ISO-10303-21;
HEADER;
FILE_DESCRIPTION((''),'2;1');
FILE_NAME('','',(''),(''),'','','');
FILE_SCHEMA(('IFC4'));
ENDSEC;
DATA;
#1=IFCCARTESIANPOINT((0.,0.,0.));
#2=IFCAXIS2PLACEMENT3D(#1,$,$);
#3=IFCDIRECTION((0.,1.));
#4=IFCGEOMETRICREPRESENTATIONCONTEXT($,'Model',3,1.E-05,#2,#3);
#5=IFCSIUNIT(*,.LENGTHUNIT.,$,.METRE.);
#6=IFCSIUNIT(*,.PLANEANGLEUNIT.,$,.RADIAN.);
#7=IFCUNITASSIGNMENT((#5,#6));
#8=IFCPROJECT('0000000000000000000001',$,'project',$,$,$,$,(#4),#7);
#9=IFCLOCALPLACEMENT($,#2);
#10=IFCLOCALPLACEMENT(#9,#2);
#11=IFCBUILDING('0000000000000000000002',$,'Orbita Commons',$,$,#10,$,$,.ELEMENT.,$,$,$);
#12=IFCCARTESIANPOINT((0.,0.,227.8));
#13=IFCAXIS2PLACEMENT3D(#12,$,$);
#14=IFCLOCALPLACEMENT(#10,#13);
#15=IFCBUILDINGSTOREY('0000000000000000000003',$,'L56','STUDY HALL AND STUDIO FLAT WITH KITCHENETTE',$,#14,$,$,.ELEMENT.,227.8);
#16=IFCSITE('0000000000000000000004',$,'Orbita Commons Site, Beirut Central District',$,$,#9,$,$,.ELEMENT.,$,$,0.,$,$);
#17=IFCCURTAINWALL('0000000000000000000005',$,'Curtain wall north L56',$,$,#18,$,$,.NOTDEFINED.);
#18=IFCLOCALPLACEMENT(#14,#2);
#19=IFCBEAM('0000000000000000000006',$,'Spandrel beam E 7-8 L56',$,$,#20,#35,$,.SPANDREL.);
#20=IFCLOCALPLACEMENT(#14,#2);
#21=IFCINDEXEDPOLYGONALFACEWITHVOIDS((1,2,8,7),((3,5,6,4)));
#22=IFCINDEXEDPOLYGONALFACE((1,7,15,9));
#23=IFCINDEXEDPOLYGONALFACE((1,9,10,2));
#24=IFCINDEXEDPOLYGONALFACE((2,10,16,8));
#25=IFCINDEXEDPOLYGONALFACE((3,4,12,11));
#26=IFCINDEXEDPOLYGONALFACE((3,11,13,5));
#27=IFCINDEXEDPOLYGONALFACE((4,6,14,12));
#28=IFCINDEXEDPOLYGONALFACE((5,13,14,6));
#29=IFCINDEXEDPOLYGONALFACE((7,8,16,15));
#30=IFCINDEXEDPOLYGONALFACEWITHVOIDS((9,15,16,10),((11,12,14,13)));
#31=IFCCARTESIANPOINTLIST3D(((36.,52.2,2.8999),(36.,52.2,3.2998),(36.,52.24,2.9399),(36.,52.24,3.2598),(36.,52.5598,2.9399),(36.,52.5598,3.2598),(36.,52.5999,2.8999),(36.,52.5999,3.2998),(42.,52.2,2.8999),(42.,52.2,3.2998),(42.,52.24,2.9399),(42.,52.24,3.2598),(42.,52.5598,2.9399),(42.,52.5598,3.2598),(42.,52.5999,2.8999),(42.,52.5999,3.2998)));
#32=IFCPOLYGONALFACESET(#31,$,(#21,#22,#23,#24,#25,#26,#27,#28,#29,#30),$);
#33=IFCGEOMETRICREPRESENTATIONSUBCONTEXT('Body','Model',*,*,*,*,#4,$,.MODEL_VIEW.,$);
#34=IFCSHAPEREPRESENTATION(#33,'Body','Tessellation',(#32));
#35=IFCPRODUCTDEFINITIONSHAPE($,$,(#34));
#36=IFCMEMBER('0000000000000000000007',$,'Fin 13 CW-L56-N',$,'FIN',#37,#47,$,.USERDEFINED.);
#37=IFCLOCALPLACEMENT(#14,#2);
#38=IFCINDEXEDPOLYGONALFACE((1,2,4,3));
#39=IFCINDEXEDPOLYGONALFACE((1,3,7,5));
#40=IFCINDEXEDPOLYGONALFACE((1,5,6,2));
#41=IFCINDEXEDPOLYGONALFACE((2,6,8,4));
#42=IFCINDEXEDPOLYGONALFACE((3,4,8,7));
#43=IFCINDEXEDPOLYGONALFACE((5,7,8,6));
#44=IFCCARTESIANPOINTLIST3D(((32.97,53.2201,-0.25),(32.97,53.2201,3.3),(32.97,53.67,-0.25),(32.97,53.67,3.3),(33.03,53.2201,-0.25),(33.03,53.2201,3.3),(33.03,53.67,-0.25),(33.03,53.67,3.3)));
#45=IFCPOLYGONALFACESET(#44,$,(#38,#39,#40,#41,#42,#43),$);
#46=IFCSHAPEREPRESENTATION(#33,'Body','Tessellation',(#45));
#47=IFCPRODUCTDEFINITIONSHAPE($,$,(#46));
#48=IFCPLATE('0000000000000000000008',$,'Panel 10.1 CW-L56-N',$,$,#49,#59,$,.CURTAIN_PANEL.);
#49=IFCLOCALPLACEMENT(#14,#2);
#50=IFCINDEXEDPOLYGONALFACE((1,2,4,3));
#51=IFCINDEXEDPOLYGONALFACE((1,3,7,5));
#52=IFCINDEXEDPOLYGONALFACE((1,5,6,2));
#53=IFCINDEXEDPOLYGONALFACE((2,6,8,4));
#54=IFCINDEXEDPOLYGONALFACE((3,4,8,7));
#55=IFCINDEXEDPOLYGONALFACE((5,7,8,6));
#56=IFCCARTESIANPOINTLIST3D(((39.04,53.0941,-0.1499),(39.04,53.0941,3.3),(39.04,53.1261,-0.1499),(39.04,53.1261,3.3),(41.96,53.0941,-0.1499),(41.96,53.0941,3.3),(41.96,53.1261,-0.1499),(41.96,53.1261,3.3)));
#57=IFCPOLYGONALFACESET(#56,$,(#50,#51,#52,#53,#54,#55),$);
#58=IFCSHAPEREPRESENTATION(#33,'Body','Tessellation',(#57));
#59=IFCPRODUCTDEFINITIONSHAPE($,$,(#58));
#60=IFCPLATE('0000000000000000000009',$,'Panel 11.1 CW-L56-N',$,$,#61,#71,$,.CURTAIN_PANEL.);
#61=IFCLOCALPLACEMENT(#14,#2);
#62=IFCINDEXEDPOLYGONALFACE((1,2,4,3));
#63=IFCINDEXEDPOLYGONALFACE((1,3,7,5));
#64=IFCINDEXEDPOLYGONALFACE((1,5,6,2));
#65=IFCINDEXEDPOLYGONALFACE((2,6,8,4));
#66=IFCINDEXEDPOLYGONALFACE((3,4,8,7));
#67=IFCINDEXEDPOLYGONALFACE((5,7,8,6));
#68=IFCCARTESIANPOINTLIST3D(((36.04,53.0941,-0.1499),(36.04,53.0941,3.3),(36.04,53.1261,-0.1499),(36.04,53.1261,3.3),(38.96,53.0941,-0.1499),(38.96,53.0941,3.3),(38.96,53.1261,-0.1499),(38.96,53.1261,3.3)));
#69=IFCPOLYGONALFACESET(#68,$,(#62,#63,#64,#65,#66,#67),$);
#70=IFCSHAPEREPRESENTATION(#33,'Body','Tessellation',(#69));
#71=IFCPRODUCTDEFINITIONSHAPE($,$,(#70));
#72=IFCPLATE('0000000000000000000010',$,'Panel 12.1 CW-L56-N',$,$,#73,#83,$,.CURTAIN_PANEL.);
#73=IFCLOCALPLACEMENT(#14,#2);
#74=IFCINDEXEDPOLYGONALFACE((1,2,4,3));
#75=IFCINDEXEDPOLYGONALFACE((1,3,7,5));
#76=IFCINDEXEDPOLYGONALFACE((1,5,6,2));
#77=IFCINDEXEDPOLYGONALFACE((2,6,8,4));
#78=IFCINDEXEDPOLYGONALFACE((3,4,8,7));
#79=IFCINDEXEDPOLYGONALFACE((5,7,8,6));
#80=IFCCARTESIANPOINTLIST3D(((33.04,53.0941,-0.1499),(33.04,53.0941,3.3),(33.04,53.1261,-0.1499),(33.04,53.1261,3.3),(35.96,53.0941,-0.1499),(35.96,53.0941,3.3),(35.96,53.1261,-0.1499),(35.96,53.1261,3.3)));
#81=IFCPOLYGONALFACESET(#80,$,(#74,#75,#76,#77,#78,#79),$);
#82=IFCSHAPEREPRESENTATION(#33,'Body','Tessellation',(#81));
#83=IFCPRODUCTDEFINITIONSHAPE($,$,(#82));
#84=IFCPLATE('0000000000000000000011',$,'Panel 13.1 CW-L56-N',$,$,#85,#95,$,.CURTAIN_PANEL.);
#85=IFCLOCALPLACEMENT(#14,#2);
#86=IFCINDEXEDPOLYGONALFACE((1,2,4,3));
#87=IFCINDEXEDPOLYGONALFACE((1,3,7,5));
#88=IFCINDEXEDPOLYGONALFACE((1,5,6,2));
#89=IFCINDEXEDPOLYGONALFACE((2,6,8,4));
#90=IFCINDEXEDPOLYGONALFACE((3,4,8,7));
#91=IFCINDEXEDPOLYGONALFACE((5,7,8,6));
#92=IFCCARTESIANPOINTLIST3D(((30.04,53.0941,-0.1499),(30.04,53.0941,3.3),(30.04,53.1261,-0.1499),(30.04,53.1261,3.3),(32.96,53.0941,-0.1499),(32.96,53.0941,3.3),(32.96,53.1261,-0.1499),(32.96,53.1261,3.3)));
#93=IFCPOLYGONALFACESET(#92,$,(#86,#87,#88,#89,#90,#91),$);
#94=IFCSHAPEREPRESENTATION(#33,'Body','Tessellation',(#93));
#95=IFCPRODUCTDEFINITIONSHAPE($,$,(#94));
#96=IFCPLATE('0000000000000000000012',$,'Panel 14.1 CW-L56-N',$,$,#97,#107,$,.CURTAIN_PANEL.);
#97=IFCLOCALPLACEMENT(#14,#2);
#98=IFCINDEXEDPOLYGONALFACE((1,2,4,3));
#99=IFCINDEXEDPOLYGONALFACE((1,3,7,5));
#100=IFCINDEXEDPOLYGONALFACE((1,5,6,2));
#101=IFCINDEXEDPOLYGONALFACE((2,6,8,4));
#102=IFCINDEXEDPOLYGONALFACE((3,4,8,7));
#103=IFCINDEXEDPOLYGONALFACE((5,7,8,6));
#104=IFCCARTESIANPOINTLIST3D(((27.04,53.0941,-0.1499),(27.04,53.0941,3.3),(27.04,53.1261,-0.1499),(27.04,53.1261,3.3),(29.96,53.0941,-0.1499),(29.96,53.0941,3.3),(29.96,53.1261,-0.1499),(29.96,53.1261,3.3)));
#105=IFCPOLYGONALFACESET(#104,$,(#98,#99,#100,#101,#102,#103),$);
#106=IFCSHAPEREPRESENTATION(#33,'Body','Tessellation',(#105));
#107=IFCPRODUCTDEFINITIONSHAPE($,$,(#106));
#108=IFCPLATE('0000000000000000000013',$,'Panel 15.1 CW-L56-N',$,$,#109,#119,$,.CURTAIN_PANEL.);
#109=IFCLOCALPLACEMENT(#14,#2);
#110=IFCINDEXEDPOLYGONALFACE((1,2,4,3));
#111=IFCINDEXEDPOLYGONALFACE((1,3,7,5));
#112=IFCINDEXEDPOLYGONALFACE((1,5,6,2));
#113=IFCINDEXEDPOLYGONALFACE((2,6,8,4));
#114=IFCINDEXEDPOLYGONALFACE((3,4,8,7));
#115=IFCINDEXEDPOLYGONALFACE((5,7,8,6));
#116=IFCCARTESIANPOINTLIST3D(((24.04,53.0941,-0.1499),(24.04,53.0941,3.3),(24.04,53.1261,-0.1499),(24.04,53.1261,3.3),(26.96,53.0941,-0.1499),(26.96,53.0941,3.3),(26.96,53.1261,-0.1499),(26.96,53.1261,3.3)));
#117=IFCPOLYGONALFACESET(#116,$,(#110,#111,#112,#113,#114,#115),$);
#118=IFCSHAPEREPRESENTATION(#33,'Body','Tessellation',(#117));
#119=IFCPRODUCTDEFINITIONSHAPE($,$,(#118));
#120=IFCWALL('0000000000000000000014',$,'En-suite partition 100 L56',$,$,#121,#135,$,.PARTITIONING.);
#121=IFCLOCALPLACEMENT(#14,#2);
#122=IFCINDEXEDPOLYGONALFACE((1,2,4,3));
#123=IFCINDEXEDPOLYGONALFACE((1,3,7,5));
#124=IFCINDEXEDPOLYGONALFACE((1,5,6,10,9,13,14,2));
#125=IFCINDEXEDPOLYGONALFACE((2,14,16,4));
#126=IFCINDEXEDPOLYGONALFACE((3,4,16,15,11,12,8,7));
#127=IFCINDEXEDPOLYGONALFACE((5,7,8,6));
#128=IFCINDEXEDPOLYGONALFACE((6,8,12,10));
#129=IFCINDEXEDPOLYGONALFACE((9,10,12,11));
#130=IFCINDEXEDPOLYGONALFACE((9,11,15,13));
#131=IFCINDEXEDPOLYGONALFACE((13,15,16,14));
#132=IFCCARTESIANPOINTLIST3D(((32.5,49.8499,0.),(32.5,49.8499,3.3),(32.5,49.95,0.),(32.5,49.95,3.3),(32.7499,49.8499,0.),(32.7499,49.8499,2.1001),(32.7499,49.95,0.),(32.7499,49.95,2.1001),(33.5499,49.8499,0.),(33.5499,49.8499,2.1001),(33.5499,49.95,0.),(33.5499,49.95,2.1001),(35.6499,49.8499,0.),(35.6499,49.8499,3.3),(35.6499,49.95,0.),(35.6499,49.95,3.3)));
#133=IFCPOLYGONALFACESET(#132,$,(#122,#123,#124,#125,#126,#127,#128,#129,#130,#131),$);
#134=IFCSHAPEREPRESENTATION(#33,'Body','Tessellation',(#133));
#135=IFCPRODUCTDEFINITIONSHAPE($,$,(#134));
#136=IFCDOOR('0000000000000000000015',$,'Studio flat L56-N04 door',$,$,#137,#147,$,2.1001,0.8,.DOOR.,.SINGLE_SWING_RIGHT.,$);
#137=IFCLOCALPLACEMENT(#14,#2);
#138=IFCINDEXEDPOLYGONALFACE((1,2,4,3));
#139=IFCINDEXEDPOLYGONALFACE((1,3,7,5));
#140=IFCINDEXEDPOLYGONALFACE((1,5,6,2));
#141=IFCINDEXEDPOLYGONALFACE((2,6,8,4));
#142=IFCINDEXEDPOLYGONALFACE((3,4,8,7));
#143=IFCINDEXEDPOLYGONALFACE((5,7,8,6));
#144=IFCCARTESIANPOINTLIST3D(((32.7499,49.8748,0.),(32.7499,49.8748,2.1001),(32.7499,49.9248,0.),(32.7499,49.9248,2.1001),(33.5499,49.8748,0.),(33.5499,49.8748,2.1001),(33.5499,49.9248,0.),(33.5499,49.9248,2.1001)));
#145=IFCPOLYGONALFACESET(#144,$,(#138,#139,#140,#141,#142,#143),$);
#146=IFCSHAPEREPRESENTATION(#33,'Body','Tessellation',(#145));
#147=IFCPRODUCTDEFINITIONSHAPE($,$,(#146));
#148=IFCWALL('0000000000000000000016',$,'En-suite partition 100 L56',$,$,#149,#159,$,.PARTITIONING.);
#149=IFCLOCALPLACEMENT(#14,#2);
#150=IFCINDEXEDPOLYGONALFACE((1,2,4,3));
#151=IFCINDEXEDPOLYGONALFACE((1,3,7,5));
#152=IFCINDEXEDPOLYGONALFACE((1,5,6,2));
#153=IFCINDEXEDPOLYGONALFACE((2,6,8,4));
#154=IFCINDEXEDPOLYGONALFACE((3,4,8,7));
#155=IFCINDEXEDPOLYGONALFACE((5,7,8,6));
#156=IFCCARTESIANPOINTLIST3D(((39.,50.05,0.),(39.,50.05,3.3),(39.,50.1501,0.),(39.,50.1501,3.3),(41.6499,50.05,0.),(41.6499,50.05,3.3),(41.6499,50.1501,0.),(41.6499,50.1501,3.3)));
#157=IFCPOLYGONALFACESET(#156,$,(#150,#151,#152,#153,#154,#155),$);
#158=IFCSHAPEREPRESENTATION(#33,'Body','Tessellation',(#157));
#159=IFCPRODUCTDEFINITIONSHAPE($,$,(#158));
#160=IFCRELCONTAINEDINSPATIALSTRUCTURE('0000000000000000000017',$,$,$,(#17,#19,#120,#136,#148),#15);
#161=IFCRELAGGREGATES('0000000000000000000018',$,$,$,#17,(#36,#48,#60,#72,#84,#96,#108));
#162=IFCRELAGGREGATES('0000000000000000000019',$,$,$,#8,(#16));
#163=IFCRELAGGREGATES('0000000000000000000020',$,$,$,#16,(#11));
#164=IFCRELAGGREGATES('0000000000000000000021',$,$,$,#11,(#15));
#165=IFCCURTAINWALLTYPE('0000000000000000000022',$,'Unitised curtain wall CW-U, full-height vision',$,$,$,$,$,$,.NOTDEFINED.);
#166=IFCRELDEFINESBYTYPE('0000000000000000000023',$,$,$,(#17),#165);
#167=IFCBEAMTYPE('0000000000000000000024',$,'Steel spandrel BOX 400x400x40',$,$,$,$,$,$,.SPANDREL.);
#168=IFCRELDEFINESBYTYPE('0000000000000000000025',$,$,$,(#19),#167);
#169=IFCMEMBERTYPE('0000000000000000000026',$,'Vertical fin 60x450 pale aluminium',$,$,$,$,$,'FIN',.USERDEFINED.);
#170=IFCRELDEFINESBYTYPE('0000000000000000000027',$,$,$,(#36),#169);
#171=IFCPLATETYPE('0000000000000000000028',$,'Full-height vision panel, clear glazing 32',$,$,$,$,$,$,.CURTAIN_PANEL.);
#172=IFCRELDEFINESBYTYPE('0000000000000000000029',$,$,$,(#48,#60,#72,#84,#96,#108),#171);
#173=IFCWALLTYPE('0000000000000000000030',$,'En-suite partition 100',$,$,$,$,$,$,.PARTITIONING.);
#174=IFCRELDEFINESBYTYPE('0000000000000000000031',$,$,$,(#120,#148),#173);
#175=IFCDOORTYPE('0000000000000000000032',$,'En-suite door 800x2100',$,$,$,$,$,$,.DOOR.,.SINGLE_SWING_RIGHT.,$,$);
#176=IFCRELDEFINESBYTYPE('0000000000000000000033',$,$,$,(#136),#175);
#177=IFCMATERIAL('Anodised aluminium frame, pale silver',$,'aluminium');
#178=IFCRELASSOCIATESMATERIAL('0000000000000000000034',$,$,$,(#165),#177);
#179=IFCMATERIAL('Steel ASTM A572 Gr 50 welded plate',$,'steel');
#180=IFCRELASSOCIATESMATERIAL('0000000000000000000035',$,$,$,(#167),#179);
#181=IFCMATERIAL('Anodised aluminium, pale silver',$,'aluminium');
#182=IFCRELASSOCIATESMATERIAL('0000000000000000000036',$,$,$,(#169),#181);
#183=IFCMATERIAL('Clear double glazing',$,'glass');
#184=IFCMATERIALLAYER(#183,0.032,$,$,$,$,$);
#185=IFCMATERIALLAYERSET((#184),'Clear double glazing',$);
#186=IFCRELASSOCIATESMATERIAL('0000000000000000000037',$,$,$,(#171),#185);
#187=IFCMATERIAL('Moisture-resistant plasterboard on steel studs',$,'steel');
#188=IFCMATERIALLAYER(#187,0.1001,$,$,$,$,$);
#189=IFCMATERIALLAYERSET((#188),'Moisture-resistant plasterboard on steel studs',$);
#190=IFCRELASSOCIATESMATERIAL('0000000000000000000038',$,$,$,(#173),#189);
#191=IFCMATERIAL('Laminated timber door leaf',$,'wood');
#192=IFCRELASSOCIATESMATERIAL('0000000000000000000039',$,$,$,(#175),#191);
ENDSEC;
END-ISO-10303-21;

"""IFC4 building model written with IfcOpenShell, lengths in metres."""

from ifc_helpers import new_model, si_unit, direction, frame, frame_2d, origin, origin_2d, place, context, subcontext, project, spatial, rectangle, hollow_rectangle, extrude, material, layer, layer_set, material_profile, profile_set, type_object, element, fill, aggregate, save


model = new_model("IFC4")

# Units and contexts
model_context = context("Model", 3, precision=1e-05, world=origin(), true_north=direction((0.0, 1.0)))
body_context = subcontext(model_context, "Body", "Model", "MODEL_VIEW")
ifc_project = project(units=[si_unit("LENGTHUNIT", "METRE"), si_unit("PLANEANGLEUNIT", "RADIAN")], contexts=[model_context])

# Site, building, storey
site_placement = place(None, origin())
site = spatial("IfcSite", under=ifc_project, at=site_placement, Name="Orbita Commons Site, Beirut Central District", CompositionType="ELEMENT", RefElevation=0.0)
building_placement = place(site_placement, origin())
building = spatial("IfcBuilding", under=site, at=building_placement, Name="Orbita Commons", CompositionType="ELEMENT")
storey_placement = place(building_placement, frame((0.0, 0.0, 227.8)))
storey = spatial("IfcBuildingStorey", under=building, at=storey_placement, Name="L56", Description="STUDY HALL AND STUDIO FLAT WITH KITCHENETTE", CompositionType="ELEMENT", Elevation=227.8)

# Curtain wall
ifc_material_1 = material(Name="Anodised aluminium frame, pale silver", Category="aluminium")
curtain_wall_type = type_object("IfcCurtainWallType", Name="Unitised curtain wall CW-U, full-height vision", PredefinedType="NOTDEFINED", material=ifc_material_1)
curtain_wall_placement = place(storey_placement, origin())
curtain_wall = element("IfcCurtainWall", 1, at=curtain_wall_placement, inside=storey, type_object=curtain_wall_type, Name="Curtain wall north L56", PredefinedType="NOTDEFINED")

# Beam
ifc_material_2 = material(Name="Steel ASTM A572 Gr 50 welded plate", Category="steel")
ifc_material_profile_1 = material_profile(ifc_material_2, hollow_rectangle(XDim=0.3999, YDim=0.3999, WallThickness=0.04, at=origin_2d()), Name="BOX 400x400x40")
ifc_profile_set_1 = profile_set([ifc_material_profile_1], Name="Steel ASTM A572 Gr 50 welded plate")
beam_type = type_object("IfcBeamType", Name="Steel spandrel BOX 400x400x40", PredefinedType="SPANDREL", material=ifc_profile_set_1)
for number, where, z_axis, x_axis, name in (
    (2, (36.0, 52.3999, 3.0999), (1.0, 0.0, 0.0), (0.0, 1.0, 0.0), "Spandrel beam E 7-8 L56"),
):
    element("IfcBeam", number, at=place(storey_placement, frame(where, z_axis=z_axis, x_axis=x_axis)), inside=storey, type_object=beam_type, Name=name, PredefinedType="SPANDREL", context=body_context, shape_type="SweptSolid", body=[
        extrude(hollow_rectangle(XDim=0.3999, YDim=0.3999, WallThickness=0.04, at=origin_2d()), origin(), (0.0, 0.0, 1.0), 6.0),
    ])

# Member
ifc_material_3 = material(Name="Anodised aluminium, pale silver", Category="aluminium")
ifc_material_profile_2 = material_profile(ifc_material_3, rectangle(XDim=0.0601, YDim=0.45, at=origin_2d()), Name="FIN 60x450")
ifc_profile_set_2 = profile_set([ifc_material_profile_2], Name="Anodised aluminium, pale silver")
member_type_1 = type_object("IfcMemberType", Name="Vertical fin 60x450 pale aluminium", ElementType="FIN", PredefinedType="USERDEFINED", material=ifc_profile_set_2)
member_1_placement = place(storey_placement, frame((33.0, 53.4451, -0.25), z_axis=(0.0, 0.0, 1.0), x_axis=(-1.0, 0.0, 0.0)))
member_1 = element("IfcMember", 3, at=member_1_placement, type_object=member_type_1, Name="Fin 13 CW-L56-N", ObjectType="FIN", PredefinedType="USERDEFINED", context=body_context, shape_type="SweptSolid", body=[
    extrude(rectangle(XDim=0.0601, YDim=0.45, at=origin_2d()), origin(), (0.0, 0.0, 1.0), 3.55),
])

# Plates
ifc_material_4 = material(Name="Clear double glazing", Category="glass")
ifc_layer_1 = layer(ifc_material_4, 0.032)
ifc_layer_set_1 = layer_set([ifc_layer_1], Name="Clear double glazing")
plate_type = type_object("IfcPlateType", Name="Full-height vision panel, clear glazing 32", PredefinedType="CURTAIN_PANEL", material=ifc_layer_set_1)
plate_1_placement = place(storey_placement, frame((40.5, 53.1101, -0.1499), z_axis=(0.0, 0.0, 1.0), x_axis=(-1.0, 0.0, 0.0)))
plate_1 = element("IfcPlate", 4, at=plate_1_placement, type_object=plate_type, Name="Panel 10.1 CW-L56-N", PredefinedType="CURTAIN_PANEL", context=body_context, shape_type="SweptSolid", body=[
    extrude(rectangle(XDim=2.9199, YDim=0.032, at=origin_2d()), origin(), (0.0, 0.0, 1.0), 3.45),
])
plate_2_placement = place(storey_placement, frame((37.5, 53.1101, -0.1499), z_axis=(0.0, 0.0, 1.0), x_axis=(-1.0, 0.0, 0.0)))
plate_2 = element("IfcPlate", 5, at=plate_2_placement, type_object=plate_type, Name="Panel 11.1 CW-L56-N", PredefinedType="CURTAIN_PANEL", context=body_context, shape_type="SweptSolid", body=[
    extrude(rectangle(XDim=2.9199, YDim=0.032, at=origin_2d()), origin(), (0.0, 0.0, 1.0), 3.45),
])
plate_3_placement = place(storey_placement, frame((34.5, 53.1101, -0.1499), z_axis=(0.0, 0.0, 1.0), x_axis=(-1.0, 0.0, 0.0)))
plate_3 = element("IfcPlate", 6, at=plate_3_placement, type_object=plate_type, Name="Panel 12.1 CW-L56-N", PredefinedType="CURTAIN_PANEL", context=body_context, shape_type="SweptSolid", body=[
    extrude(rectangle(XDim=2.9199, YDim=0.032, at=origin_2d()), origin(), (0.0, 0.0, 1.0), 3.45),
])
plate_4_placement = place(storey_placement, frame((31.5, 53.1101, -0.1499), z_axis=(0.0, 0.0, 1.0), x_axis=(-1.0, 0.0, 0.0)))
plate_4 = element("IfcPlate", 7, at=plate_4_placement, type_object=plate_type, Name="Panel 13.1 CW-L56-N", PredefinedType="CURTAIN_PANEL", context=body_context, shape_type="SweptSolid", body=[
    extrude(rectangle(XDim=2.9199, YDim=0.032, at=origin_2d()), origin(), (0.0, 0.0, 1.0), 3.45),
])
plate_5_placement = place(storey_placement, frame((28.5, 53.1101, -0.1499), z_axis=(0.0, 0.0, 1.0), x_axis=(-1.0, 0.0, 0.0)))
plate_5 = element("IfcPlate", 8, at=plate_5_placement, type_object=plate_type, Name="Panel 14.1 CW-L56-N", PredefinedType="CURTAIN_PANEL", context=body_context, shape_type="SweptSolid", body=[
    extrude(rectangle(XDim=2.9199, YDim=0.032, at=origin_2d()), origin(), (0.0, 0.0, 1.0), 3.45),
])
plate_6_placement = place(storey_placement, frame((25.5, 53.1101, -0.1499), z_axis=(0.0, 0.0, 1.0), x_axis=(-1.0, 0.0, 0.0)))
plate_6 = element("IfcPlate", 9, at=plate_6_placement, type_object=plate_type, Name="Panel 15.1 CW-L56-N", PredefinedType="CURTAIN_PANEL", context=body_context, shape_type="SweptSolid", body=[
    extrude(rectangle(XDim=2.9199, YDim=0.032, at=origin_2d()), origin(), (0.0, 0.0, 1.0), 3.45),
])
aggregate(curtain_wall, [member_1, plate_1, plate_2, plate_3, plate_4, plate_5, plate_6])

# Wall, opening, door
ifc_material_5 = material(Name="Moisture-resistant plasterboard on steel studs", Category="steel")
ifc_layer_2 = layer(ifc_material_5, 0.1001)
ifc_layer_set_2 = layer_set([ifc_layer_2], Name="Moisture-resistant plasterboard on steel studs")
wall_type_1 = type_object("IfcWallType", Name="En-suite partition 100", PredefinedType="PARTITIONING", material=ifc_layer_set_2)
wall_1_placement = place(storey_placement, frame((32.5, 49.8999, 0.0), z_axis=(0.0, 0.0, 1.0), x_axis=(1.0, 0.0, 0.0)))
wall_1 = element("IfcWall", 10, at=wall_1_placement, inside=storey, type_object=wall_type_1, Name="En-suite partition 100 L56", PredefinedType="PARTITIONING", context=body_context, shape_type="SweptSolid", body=[
    extrude(rectangle(XDim=3.1499, YDim=0.1001, at=frame_2d((1.575, 0.0))), origin(), (0.0, 0.0, 1.0), 3.3),
])
opening_1_placement = place(wall_1_placement, frame((0.25, 0.0, 0.0)))
opening_1 = element("IfcOpeningElement", 11, at=opening_1_placement, cuts=wall_1, PredefinedType="OPENING", context=body_context, shape_type="SweptSolid", body=[
    extrude(rectangle(XDim=0.8, YDim=2.1001, at=frame_2d((0.3999, 1.05))), frame((0.0, 0.0601, 0.0), z_axis=(0.0, -1.0, 0.0), x_axis=(1.0, 0.0, 0.0)), (0.0, 0.0, 1.0), 0.1201),
])
ifc_material_6 = material(Name="Laminated timber door leaf", Category="wood")
door_type_1 = type_object("IfcDoorType", Name="En-suite door 800x2100", OperationType="SINGLE_SWING_RIGHT", PredefinedType="DOOR", material=ifc_material_6)
door_1_placement = place(opening_1_placement, origin())
door_1 = element("IfcDoor", 12, at=door_1_placement, inside=storey, type_object=door_type_1, Name="Studio flat L56-N04 door", OperationType="SINGLE_SWING_RIGHT", OverallHeight=2.1001, OverallWidth=0.8, PredefinedType="DOOR", context=body_context, shape_type="SweptSolid", body=[
    extrude(rectangle(XDim=0.8, YDim=2.1001, at=frame_2d((0.3999, 1.05))), frame((0.0, 0.0249, 0.0), z_axis=(0.0, -1.0, 0.0), x_axis=(1.0, 0.0, 0.0)), (0.0, 0.0, 1.0), 0.05),
])
fill(opening_1, door_1)

# Wall
wall_2_placement = place(storey_placement, frame((39.0, 50.1001, 0.0), z_axis=(0.0, 0.0, 1.0), x_axis=(1.0, 0.0, 0.0)))
element("IfcWall", 13, at=wall_2_placement, inside=storey, type_object=wall_type_1, Name="En-suite partition 100 L56", PredefinedType="PARTITIONING", context=body_context, shape_type="SweptSolid", body=[
    extrude(rectangle(XDim=2.6499, YDim=0.1001, at=frame_2d((1.325, 0.0))), origin(), (0.0, 0.0, 1.0), 3.3),
])

save(model, "model.ifc")
